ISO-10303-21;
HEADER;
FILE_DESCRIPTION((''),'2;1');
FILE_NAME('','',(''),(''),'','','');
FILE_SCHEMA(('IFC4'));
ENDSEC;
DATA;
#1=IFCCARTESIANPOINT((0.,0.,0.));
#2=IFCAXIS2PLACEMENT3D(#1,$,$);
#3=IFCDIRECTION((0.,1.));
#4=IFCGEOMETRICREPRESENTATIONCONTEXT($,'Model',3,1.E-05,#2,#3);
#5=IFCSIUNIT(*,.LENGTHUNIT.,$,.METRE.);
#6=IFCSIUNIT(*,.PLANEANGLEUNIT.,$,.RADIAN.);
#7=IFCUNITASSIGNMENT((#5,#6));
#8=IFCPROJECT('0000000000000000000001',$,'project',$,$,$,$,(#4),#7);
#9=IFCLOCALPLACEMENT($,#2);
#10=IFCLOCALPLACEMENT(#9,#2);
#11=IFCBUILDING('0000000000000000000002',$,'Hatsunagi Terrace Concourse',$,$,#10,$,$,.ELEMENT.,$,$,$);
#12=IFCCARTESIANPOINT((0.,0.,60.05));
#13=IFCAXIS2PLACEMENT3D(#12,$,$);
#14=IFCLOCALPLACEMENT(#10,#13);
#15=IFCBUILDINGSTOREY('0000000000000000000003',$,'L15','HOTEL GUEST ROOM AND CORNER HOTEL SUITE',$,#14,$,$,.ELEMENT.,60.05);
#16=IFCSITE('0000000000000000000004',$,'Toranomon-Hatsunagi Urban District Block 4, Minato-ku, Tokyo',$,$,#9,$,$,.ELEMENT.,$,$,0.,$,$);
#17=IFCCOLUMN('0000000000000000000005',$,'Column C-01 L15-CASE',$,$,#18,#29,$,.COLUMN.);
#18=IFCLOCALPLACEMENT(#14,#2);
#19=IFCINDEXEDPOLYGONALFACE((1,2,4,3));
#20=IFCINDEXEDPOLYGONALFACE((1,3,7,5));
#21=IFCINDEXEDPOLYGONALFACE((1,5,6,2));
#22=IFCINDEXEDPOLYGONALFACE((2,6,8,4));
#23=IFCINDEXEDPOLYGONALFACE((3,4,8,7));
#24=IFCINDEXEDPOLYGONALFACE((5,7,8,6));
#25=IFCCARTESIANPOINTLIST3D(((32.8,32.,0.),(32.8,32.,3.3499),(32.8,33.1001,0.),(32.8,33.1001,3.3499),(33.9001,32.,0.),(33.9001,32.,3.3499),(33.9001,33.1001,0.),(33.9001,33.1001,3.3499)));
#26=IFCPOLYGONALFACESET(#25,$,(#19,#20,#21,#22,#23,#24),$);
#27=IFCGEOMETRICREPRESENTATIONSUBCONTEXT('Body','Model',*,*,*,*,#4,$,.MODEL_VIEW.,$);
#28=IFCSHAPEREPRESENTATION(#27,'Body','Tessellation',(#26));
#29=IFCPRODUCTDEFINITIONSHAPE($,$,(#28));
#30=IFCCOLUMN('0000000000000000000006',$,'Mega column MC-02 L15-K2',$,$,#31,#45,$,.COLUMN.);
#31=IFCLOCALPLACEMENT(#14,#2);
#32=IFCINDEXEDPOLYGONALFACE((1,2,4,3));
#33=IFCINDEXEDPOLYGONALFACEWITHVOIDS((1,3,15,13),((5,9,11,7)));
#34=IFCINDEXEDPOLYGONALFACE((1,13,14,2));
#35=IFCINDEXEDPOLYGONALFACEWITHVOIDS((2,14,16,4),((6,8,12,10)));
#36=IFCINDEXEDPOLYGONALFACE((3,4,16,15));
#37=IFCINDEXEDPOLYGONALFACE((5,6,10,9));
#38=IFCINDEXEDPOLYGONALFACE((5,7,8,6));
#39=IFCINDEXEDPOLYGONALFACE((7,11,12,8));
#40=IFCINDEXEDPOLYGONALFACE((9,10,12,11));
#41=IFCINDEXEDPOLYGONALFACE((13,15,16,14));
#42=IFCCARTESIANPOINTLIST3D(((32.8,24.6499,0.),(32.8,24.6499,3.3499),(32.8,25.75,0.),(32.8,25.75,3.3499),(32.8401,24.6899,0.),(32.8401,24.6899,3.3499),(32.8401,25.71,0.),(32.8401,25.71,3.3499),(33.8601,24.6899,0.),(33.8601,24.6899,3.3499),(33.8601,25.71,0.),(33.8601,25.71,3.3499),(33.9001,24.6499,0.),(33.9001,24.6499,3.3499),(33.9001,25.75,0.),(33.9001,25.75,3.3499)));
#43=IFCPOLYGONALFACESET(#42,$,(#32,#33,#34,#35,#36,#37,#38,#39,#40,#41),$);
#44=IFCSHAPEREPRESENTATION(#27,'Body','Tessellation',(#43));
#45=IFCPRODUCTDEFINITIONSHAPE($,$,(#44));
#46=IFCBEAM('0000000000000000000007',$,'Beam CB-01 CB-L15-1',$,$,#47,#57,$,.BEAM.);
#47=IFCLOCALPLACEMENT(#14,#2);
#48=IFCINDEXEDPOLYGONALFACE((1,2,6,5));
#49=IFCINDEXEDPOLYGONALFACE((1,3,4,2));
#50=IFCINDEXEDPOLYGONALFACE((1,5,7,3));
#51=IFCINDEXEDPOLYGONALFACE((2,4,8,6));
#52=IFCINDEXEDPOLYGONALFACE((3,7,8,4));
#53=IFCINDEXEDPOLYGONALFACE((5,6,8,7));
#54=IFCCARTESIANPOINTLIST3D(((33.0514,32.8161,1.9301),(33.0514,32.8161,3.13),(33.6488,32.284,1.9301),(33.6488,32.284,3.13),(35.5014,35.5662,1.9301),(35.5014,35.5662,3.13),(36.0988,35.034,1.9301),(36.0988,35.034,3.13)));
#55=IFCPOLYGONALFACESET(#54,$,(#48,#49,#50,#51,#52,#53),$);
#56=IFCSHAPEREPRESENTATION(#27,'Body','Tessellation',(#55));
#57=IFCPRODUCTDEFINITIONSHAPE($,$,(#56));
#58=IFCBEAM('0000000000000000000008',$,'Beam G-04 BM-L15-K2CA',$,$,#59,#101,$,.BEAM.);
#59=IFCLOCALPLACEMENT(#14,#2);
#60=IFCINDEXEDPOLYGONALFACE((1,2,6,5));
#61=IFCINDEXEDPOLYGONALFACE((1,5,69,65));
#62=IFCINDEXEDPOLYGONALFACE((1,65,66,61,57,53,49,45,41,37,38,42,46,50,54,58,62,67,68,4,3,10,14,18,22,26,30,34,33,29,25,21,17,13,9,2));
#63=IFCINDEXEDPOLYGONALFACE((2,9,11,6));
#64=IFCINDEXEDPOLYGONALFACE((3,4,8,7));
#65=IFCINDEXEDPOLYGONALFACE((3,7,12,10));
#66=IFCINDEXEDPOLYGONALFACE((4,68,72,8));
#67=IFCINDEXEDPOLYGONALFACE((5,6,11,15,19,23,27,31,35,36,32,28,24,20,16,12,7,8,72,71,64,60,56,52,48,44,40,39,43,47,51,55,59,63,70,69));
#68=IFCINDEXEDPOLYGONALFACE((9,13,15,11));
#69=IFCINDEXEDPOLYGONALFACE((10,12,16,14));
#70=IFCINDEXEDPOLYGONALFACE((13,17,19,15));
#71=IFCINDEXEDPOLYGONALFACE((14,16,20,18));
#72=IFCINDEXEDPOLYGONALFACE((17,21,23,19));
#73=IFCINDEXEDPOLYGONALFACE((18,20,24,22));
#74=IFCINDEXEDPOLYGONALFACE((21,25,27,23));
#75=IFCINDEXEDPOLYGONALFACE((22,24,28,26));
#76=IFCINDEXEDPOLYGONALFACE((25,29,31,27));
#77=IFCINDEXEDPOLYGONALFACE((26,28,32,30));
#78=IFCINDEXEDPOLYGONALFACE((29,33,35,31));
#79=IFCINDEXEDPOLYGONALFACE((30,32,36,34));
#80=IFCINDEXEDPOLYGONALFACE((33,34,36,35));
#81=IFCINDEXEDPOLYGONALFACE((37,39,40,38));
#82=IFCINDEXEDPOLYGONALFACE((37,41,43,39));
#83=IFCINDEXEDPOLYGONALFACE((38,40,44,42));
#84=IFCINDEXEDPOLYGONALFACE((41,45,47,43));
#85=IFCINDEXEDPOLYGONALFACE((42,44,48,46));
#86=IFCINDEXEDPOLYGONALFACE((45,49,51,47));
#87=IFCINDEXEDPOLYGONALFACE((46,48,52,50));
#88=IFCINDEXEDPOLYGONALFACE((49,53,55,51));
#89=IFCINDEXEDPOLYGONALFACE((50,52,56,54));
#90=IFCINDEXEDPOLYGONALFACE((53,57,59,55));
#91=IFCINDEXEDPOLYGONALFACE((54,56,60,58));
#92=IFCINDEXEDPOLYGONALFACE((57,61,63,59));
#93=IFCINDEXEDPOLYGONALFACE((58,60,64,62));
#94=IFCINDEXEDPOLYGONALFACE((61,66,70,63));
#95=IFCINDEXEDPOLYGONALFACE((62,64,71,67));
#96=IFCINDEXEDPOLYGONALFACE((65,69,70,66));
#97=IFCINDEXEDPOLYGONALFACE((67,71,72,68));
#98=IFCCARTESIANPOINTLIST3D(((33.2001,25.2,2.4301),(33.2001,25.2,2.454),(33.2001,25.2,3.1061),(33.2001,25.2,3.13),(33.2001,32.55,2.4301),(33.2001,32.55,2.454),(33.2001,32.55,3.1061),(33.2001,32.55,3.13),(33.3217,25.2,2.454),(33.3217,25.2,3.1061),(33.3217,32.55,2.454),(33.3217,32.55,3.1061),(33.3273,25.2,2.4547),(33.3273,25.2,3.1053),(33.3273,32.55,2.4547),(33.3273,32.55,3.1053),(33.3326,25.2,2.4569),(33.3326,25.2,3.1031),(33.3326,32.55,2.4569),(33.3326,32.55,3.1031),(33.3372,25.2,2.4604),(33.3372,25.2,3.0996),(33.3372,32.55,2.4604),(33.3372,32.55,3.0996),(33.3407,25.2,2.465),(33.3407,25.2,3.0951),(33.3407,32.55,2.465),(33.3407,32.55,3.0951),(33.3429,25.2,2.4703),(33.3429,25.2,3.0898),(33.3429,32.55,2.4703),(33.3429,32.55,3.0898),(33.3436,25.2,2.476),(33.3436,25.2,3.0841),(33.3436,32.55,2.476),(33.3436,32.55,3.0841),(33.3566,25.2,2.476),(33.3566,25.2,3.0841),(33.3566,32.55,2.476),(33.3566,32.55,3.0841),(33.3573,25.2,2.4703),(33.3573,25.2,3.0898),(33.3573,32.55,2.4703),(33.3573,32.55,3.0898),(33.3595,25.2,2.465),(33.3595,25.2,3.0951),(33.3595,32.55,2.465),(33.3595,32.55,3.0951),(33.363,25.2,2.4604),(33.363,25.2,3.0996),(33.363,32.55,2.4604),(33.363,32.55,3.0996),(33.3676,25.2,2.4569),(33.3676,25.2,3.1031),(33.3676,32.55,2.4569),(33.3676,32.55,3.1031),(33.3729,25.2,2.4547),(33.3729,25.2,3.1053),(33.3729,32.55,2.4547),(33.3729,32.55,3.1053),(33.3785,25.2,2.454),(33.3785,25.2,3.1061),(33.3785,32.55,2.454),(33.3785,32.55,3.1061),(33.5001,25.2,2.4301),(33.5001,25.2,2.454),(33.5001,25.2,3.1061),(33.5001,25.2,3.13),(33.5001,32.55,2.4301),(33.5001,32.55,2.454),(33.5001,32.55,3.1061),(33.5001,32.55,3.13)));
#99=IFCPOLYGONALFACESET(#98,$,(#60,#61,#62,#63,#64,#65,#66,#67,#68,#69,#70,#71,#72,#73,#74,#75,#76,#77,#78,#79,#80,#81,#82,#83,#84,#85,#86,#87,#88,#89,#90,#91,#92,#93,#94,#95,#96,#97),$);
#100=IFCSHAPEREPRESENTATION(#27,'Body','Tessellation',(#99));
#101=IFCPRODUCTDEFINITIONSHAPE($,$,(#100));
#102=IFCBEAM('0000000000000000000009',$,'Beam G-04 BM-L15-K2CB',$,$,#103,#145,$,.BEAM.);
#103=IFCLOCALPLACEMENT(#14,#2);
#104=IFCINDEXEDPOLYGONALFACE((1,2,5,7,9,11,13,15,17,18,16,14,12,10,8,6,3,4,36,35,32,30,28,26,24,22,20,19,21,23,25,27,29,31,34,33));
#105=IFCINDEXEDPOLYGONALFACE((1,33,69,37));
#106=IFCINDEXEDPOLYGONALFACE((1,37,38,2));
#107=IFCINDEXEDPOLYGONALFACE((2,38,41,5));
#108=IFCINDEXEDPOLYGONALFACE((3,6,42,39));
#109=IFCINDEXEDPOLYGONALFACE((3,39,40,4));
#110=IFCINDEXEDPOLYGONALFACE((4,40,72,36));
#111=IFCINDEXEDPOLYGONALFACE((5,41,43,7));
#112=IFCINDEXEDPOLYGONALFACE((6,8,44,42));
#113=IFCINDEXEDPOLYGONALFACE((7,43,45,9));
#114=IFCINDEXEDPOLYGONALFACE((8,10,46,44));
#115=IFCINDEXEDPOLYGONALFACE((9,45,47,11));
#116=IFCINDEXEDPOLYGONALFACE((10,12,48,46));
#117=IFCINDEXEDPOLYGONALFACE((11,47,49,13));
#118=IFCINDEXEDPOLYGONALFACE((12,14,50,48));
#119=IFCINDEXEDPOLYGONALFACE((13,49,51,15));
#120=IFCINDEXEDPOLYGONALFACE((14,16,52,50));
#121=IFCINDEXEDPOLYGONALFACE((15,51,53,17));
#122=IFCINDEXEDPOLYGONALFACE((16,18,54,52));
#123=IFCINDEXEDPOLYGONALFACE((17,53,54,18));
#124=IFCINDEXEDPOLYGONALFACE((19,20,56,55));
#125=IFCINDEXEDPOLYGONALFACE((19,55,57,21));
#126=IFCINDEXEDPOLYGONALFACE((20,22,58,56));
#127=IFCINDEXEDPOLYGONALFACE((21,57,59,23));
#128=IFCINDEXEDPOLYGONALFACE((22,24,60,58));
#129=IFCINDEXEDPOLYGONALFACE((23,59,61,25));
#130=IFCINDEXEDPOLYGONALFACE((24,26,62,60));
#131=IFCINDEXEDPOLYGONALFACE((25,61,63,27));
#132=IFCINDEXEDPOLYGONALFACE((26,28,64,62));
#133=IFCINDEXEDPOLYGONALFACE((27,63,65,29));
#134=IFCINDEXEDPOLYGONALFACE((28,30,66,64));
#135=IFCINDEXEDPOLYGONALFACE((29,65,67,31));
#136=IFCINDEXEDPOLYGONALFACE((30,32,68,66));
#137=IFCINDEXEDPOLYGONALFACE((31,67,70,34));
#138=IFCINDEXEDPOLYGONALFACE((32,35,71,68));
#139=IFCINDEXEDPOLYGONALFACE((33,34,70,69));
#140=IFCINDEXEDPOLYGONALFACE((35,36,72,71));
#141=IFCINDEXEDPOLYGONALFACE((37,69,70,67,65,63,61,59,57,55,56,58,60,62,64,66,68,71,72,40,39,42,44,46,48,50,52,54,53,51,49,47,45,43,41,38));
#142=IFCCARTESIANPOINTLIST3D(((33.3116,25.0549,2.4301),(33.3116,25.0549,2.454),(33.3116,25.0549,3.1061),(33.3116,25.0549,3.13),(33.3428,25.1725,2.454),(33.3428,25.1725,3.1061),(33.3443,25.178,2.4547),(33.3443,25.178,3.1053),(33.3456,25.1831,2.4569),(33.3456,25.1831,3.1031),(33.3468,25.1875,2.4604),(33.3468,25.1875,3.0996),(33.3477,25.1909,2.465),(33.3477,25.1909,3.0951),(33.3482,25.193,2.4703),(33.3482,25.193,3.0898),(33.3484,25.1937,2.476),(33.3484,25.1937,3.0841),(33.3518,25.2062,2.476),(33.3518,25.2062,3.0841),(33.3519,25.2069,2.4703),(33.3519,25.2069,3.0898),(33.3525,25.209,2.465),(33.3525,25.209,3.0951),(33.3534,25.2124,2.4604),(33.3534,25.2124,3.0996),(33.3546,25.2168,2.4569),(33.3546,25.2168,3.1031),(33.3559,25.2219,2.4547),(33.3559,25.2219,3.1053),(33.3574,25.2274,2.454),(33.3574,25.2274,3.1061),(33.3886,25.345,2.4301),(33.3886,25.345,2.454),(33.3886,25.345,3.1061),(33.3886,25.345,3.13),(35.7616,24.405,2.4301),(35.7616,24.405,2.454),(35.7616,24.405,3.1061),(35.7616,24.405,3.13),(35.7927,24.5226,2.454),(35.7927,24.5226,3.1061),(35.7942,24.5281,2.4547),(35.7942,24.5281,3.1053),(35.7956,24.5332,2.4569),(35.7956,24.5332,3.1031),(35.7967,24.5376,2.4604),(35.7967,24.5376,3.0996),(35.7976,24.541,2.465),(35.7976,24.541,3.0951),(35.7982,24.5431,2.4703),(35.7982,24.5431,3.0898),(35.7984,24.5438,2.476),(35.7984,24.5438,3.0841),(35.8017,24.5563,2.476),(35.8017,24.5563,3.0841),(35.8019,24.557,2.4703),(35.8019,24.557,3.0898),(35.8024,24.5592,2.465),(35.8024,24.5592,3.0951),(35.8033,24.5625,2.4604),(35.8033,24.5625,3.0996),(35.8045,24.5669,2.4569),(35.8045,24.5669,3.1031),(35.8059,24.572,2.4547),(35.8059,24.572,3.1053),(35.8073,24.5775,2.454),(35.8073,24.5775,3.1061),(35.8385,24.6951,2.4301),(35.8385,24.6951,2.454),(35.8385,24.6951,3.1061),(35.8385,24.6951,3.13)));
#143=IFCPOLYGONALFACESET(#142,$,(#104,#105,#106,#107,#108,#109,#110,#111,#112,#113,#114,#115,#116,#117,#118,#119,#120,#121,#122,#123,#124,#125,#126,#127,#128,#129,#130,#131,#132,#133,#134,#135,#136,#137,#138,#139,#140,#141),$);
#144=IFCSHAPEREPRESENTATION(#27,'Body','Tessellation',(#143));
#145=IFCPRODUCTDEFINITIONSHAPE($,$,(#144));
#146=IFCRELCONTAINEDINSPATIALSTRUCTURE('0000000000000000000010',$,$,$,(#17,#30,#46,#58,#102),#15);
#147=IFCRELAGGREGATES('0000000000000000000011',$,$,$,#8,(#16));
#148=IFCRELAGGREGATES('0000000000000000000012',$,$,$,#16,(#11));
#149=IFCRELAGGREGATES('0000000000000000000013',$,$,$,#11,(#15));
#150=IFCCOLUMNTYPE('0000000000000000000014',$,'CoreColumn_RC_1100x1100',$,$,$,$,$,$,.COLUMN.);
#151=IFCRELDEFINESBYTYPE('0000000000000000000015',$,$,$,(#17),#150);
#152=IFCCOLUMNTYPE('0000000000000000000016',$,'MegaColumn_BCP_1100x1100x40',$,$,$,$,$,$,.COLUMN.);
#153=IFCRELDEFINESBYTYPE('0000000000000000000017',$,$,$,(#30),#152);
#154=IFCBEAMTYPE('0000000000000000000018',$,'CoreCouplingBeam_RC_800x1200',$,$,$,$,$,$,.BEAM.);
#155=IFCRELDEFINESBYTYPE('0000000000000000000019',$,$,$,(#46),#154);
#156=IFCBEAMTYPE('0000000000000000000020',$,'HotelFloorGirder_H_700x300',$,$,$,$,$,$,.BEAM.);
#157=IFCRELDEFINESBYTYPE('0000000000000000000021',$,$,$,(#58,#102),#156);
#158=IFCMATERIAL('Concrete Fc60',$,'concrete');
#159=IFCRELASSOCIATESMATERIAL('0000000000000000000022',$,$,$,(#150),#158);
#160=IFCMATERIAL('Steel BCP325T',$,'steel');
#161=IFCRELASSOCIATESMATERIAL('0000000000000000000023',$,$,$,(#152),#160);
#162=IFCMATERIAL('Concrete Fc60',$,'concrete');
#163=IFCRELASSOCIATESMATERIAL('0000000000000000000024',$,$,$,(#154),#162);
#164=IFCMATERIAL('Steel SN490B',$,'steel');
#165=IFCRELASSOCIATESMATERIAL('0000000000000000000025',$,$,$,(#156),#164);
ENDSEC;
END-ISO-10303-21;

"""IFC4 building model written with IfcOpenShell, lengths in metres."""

from ifc_helpers import new_model, si_unit, direction, frame, origin, origin_2d, place, context, subcontext, project, spatial, rectangle, hollow_rectangle, i_section, extrude, material, material_profile, profile_set, type_object, element, save


model = new_model("IFC4")

# Units and contexts
model_context = context("Model", 3, precision=1e-05, world=origin(), true_north=direction((0.0, 1.0)))
body_context = subcontext(model_context, "Body", "Model", "MODEL_VIEW")
ifc_project = project(units=[si_unit("LENGTHUNIT", "METRE"), si_unit("PLANEANGLEUNIT", "RADIAN")], contexts=[model_context])

# Site, building, storey
site_placement = place(None, origin())
site = spatial("IfcSite", under=ifc_project, at=site_placement, Name="Toranomon-Hatsunagi Urban District Block 4, Minato-ku, Tokyo", CompositionType="ELEMENT", RefElevation=0.0)
building_placement = place(site_placement, origin())
building = spatial("IfcBuilding", under=site, at=building_placement, Name="Hatsunagi Terrace Concourse", CompositionType="ELEMENT")
storey_placement = place(building_placement, frame((0.0, 0.0, 60.05)))
storey = spatial("IfcBuildingStorey", under=building, at=storey_placement, Name="L15", Description="HOTEL GUEST ROOM AND CORNER HOTEL SUITE", CompositionType="ELEMENT", Elevation=60.05)

# Columns
ifc_material_1 = material(Name="Concrete Fc60", Category="concrete")
ifc_material_profile_1 = material_profile(ifc_material_1, rectangle(XDim=1.1001, YDim=1.1001, at=origin_2d()), Name="RC-1100x1100")
ifc_profile_set_1 = profile_set([ifc_material_profile_1], Name="Concrete Fc60")
column_type_1 = type_object("IfcColumnType", Name="CoreColumn_RC_1100x1100", PredefinedType="COLUMN", material=ifc_profile_set_1)
column_1_placement = place(storey_placement, frame((33.3501, 32.55, 0.0), z_axis=(0.0, 0.0, 1.0), x_axis=(1.0, 0.0, 0.0)))
element("IfcColumn", 1, at=column_1_placement, inside=storey, type_object=column_type_1, Name="Column C-01 L15-CASE", PredefinedType="COLUMN", context=body_context, shape_type="SweptSolid", body=[
    extrude(rectangle(XDim=1.1001, YDim=1.1001, at=origin_2d()), origin(), (0.0, 0.0, 1.0), 3.3499),
])
ifc_material_2 = material(Name="Steel BCP325T", Category="steel")
ifc_material_profile_2 = material_profile(ifc_material_2, hollow_rectangle(XDim=1.1001, YDim=1.1001, WallThickness=0.04, at=origin_2d()), Name="BCP-1100x1100x40")
ifc_profile_set_2 = profile_set([ifc_material_profile_2], Name="Steel BCP325T")
column_type_2 = type_object("IfcColumnType", Name="MegaColumn_BCP_1100x1100x40", PredefinedType="COLUMN", material=ifc_profile_set_2)
column_2_placement = place(storey_placement, frame((33.3501, 25.2, 0.0), z_axis=(0.0, 0.0, 1.0), x_axis=(1.0, 0.0, 0.0)))
element("IfcColumn", 2, at=column_2_placement, inside=storey, type_object=column_type_2, Name="Mega column MC-02 L15-K2", PredefinedType="COLUMN", context=body_context, shape_type="SweptSolid", body=[
    extrude(hollow_rectangle(XDim=1.1001, YDim=1.1001, WallThickness=0.04, at=origin_2d()), origin(), (0.0, 0.0, 1.0), 3.3499),
])

# Beams
ifc_material_3 = material(Name="Concrete Fc60", Category="concrete")
ifc_material_profile_3 = material_profile(ifc_material_3, rectangle(XDim=0.8, YDim=1.2, at=origin_2d()), Name="RC-800x1200")
ifc_profile_set_3 = profile_set([ifc_material_profile_3], Name="Concrete Fc60")
beam_type_1 = type_object("IfcBeamType", Name="CoreCouplingBeam_RC_800x1200", PredefinedType="BEAM", material=ifc_profile_set_3)
beam_1_placement = place(storey_placement, frame((33.3501, 32.55, 2.53), z_axis=(0.665199, 0.746666, 0.0), x_axis=(-0.746666, 0.665199, 0.0)))
element("IfcBeam", 3, at=beam_1_placement, inside=storey, type_object=beam_type_1, Name="Beam CB-01 CB-L15-1", PredefinedType="BEAM", context=body_context, shape_type="SweptSolid", body=[
    extrude(rectangle(XDim=0.8, YDim=1.2, at=origin_2d()), origin(), (0.0, 0.0, 1.0), 3.6831),
])
ifc_material_4 = material(Name="Steel SN490B", Category="steel")
ifc_material_profile_4 = material_profile(ifc_material_4, i_section(OverallWidth=0.3, OverallDepth=0.7, WebThickness=0.0129, FlangeThickness=0.0239, FilletRadius=0.022, at=origin_2d()), Name="H-700x300x13x24")
ifc_profile_set_4 = profile_set([ifc_material_profile_4], Name="Steel SN490B")
beam_type_2 = type_object("IfcBeamType", Name="HotelFloorGirder_H_700x300", PredefinedType="BEAM", material=ifc_profile_set_4)
beam_2_placement = place(storey_placement, frame((33.3501, 25.2, 2.78), z_axis=(0.0, 1.0, 0.0), x_axis=(-1.0, 0.0, 0.0)))
element("IfcBeam", 4, at=beam_2_placement, inside=storey, type_object=beam_type_2, Name="Beam G-04 BM-L15-K2CA", PredefinedType="BEAM", context=body_context, shape_type="SweptSolid", body=[
    extrude(i_section(OverallWidth=0.3, OverallDepth=0.7, WebThickness=0.0129, FlangeThickness=0.0239, FilletRadius=0.022, at=origin_2d()), origin(), (0.0, 0.0, 1.0), 7.3501),
])
beam_3_placement = place(storey_placement, frame((33.3501, 25.2, 2.78), z_axis=(0.96657, -0.256403, 0.0), x_axis=(0.256403, 0.96657, 0.0)))
element("IfcBeam", 5, at=beam_3_placement, inside=storey, type_object=beam_type_2, Name="Beam G-04 BM-L15-K2CB", PredefinedType="BEAM", context=body_context, shape_type="SweptSolid", body=[
    extrude(i_section(OverallWidth=0.3, OverallDepth=0.7, WebThickness=0.0129, FlangeThickness=0.0239, FilletRadius=0.022, at=origin_2d()), origin(), (0.0, 0.0, 1.0), 2.5347),
])

save(model, "model.ifc")
